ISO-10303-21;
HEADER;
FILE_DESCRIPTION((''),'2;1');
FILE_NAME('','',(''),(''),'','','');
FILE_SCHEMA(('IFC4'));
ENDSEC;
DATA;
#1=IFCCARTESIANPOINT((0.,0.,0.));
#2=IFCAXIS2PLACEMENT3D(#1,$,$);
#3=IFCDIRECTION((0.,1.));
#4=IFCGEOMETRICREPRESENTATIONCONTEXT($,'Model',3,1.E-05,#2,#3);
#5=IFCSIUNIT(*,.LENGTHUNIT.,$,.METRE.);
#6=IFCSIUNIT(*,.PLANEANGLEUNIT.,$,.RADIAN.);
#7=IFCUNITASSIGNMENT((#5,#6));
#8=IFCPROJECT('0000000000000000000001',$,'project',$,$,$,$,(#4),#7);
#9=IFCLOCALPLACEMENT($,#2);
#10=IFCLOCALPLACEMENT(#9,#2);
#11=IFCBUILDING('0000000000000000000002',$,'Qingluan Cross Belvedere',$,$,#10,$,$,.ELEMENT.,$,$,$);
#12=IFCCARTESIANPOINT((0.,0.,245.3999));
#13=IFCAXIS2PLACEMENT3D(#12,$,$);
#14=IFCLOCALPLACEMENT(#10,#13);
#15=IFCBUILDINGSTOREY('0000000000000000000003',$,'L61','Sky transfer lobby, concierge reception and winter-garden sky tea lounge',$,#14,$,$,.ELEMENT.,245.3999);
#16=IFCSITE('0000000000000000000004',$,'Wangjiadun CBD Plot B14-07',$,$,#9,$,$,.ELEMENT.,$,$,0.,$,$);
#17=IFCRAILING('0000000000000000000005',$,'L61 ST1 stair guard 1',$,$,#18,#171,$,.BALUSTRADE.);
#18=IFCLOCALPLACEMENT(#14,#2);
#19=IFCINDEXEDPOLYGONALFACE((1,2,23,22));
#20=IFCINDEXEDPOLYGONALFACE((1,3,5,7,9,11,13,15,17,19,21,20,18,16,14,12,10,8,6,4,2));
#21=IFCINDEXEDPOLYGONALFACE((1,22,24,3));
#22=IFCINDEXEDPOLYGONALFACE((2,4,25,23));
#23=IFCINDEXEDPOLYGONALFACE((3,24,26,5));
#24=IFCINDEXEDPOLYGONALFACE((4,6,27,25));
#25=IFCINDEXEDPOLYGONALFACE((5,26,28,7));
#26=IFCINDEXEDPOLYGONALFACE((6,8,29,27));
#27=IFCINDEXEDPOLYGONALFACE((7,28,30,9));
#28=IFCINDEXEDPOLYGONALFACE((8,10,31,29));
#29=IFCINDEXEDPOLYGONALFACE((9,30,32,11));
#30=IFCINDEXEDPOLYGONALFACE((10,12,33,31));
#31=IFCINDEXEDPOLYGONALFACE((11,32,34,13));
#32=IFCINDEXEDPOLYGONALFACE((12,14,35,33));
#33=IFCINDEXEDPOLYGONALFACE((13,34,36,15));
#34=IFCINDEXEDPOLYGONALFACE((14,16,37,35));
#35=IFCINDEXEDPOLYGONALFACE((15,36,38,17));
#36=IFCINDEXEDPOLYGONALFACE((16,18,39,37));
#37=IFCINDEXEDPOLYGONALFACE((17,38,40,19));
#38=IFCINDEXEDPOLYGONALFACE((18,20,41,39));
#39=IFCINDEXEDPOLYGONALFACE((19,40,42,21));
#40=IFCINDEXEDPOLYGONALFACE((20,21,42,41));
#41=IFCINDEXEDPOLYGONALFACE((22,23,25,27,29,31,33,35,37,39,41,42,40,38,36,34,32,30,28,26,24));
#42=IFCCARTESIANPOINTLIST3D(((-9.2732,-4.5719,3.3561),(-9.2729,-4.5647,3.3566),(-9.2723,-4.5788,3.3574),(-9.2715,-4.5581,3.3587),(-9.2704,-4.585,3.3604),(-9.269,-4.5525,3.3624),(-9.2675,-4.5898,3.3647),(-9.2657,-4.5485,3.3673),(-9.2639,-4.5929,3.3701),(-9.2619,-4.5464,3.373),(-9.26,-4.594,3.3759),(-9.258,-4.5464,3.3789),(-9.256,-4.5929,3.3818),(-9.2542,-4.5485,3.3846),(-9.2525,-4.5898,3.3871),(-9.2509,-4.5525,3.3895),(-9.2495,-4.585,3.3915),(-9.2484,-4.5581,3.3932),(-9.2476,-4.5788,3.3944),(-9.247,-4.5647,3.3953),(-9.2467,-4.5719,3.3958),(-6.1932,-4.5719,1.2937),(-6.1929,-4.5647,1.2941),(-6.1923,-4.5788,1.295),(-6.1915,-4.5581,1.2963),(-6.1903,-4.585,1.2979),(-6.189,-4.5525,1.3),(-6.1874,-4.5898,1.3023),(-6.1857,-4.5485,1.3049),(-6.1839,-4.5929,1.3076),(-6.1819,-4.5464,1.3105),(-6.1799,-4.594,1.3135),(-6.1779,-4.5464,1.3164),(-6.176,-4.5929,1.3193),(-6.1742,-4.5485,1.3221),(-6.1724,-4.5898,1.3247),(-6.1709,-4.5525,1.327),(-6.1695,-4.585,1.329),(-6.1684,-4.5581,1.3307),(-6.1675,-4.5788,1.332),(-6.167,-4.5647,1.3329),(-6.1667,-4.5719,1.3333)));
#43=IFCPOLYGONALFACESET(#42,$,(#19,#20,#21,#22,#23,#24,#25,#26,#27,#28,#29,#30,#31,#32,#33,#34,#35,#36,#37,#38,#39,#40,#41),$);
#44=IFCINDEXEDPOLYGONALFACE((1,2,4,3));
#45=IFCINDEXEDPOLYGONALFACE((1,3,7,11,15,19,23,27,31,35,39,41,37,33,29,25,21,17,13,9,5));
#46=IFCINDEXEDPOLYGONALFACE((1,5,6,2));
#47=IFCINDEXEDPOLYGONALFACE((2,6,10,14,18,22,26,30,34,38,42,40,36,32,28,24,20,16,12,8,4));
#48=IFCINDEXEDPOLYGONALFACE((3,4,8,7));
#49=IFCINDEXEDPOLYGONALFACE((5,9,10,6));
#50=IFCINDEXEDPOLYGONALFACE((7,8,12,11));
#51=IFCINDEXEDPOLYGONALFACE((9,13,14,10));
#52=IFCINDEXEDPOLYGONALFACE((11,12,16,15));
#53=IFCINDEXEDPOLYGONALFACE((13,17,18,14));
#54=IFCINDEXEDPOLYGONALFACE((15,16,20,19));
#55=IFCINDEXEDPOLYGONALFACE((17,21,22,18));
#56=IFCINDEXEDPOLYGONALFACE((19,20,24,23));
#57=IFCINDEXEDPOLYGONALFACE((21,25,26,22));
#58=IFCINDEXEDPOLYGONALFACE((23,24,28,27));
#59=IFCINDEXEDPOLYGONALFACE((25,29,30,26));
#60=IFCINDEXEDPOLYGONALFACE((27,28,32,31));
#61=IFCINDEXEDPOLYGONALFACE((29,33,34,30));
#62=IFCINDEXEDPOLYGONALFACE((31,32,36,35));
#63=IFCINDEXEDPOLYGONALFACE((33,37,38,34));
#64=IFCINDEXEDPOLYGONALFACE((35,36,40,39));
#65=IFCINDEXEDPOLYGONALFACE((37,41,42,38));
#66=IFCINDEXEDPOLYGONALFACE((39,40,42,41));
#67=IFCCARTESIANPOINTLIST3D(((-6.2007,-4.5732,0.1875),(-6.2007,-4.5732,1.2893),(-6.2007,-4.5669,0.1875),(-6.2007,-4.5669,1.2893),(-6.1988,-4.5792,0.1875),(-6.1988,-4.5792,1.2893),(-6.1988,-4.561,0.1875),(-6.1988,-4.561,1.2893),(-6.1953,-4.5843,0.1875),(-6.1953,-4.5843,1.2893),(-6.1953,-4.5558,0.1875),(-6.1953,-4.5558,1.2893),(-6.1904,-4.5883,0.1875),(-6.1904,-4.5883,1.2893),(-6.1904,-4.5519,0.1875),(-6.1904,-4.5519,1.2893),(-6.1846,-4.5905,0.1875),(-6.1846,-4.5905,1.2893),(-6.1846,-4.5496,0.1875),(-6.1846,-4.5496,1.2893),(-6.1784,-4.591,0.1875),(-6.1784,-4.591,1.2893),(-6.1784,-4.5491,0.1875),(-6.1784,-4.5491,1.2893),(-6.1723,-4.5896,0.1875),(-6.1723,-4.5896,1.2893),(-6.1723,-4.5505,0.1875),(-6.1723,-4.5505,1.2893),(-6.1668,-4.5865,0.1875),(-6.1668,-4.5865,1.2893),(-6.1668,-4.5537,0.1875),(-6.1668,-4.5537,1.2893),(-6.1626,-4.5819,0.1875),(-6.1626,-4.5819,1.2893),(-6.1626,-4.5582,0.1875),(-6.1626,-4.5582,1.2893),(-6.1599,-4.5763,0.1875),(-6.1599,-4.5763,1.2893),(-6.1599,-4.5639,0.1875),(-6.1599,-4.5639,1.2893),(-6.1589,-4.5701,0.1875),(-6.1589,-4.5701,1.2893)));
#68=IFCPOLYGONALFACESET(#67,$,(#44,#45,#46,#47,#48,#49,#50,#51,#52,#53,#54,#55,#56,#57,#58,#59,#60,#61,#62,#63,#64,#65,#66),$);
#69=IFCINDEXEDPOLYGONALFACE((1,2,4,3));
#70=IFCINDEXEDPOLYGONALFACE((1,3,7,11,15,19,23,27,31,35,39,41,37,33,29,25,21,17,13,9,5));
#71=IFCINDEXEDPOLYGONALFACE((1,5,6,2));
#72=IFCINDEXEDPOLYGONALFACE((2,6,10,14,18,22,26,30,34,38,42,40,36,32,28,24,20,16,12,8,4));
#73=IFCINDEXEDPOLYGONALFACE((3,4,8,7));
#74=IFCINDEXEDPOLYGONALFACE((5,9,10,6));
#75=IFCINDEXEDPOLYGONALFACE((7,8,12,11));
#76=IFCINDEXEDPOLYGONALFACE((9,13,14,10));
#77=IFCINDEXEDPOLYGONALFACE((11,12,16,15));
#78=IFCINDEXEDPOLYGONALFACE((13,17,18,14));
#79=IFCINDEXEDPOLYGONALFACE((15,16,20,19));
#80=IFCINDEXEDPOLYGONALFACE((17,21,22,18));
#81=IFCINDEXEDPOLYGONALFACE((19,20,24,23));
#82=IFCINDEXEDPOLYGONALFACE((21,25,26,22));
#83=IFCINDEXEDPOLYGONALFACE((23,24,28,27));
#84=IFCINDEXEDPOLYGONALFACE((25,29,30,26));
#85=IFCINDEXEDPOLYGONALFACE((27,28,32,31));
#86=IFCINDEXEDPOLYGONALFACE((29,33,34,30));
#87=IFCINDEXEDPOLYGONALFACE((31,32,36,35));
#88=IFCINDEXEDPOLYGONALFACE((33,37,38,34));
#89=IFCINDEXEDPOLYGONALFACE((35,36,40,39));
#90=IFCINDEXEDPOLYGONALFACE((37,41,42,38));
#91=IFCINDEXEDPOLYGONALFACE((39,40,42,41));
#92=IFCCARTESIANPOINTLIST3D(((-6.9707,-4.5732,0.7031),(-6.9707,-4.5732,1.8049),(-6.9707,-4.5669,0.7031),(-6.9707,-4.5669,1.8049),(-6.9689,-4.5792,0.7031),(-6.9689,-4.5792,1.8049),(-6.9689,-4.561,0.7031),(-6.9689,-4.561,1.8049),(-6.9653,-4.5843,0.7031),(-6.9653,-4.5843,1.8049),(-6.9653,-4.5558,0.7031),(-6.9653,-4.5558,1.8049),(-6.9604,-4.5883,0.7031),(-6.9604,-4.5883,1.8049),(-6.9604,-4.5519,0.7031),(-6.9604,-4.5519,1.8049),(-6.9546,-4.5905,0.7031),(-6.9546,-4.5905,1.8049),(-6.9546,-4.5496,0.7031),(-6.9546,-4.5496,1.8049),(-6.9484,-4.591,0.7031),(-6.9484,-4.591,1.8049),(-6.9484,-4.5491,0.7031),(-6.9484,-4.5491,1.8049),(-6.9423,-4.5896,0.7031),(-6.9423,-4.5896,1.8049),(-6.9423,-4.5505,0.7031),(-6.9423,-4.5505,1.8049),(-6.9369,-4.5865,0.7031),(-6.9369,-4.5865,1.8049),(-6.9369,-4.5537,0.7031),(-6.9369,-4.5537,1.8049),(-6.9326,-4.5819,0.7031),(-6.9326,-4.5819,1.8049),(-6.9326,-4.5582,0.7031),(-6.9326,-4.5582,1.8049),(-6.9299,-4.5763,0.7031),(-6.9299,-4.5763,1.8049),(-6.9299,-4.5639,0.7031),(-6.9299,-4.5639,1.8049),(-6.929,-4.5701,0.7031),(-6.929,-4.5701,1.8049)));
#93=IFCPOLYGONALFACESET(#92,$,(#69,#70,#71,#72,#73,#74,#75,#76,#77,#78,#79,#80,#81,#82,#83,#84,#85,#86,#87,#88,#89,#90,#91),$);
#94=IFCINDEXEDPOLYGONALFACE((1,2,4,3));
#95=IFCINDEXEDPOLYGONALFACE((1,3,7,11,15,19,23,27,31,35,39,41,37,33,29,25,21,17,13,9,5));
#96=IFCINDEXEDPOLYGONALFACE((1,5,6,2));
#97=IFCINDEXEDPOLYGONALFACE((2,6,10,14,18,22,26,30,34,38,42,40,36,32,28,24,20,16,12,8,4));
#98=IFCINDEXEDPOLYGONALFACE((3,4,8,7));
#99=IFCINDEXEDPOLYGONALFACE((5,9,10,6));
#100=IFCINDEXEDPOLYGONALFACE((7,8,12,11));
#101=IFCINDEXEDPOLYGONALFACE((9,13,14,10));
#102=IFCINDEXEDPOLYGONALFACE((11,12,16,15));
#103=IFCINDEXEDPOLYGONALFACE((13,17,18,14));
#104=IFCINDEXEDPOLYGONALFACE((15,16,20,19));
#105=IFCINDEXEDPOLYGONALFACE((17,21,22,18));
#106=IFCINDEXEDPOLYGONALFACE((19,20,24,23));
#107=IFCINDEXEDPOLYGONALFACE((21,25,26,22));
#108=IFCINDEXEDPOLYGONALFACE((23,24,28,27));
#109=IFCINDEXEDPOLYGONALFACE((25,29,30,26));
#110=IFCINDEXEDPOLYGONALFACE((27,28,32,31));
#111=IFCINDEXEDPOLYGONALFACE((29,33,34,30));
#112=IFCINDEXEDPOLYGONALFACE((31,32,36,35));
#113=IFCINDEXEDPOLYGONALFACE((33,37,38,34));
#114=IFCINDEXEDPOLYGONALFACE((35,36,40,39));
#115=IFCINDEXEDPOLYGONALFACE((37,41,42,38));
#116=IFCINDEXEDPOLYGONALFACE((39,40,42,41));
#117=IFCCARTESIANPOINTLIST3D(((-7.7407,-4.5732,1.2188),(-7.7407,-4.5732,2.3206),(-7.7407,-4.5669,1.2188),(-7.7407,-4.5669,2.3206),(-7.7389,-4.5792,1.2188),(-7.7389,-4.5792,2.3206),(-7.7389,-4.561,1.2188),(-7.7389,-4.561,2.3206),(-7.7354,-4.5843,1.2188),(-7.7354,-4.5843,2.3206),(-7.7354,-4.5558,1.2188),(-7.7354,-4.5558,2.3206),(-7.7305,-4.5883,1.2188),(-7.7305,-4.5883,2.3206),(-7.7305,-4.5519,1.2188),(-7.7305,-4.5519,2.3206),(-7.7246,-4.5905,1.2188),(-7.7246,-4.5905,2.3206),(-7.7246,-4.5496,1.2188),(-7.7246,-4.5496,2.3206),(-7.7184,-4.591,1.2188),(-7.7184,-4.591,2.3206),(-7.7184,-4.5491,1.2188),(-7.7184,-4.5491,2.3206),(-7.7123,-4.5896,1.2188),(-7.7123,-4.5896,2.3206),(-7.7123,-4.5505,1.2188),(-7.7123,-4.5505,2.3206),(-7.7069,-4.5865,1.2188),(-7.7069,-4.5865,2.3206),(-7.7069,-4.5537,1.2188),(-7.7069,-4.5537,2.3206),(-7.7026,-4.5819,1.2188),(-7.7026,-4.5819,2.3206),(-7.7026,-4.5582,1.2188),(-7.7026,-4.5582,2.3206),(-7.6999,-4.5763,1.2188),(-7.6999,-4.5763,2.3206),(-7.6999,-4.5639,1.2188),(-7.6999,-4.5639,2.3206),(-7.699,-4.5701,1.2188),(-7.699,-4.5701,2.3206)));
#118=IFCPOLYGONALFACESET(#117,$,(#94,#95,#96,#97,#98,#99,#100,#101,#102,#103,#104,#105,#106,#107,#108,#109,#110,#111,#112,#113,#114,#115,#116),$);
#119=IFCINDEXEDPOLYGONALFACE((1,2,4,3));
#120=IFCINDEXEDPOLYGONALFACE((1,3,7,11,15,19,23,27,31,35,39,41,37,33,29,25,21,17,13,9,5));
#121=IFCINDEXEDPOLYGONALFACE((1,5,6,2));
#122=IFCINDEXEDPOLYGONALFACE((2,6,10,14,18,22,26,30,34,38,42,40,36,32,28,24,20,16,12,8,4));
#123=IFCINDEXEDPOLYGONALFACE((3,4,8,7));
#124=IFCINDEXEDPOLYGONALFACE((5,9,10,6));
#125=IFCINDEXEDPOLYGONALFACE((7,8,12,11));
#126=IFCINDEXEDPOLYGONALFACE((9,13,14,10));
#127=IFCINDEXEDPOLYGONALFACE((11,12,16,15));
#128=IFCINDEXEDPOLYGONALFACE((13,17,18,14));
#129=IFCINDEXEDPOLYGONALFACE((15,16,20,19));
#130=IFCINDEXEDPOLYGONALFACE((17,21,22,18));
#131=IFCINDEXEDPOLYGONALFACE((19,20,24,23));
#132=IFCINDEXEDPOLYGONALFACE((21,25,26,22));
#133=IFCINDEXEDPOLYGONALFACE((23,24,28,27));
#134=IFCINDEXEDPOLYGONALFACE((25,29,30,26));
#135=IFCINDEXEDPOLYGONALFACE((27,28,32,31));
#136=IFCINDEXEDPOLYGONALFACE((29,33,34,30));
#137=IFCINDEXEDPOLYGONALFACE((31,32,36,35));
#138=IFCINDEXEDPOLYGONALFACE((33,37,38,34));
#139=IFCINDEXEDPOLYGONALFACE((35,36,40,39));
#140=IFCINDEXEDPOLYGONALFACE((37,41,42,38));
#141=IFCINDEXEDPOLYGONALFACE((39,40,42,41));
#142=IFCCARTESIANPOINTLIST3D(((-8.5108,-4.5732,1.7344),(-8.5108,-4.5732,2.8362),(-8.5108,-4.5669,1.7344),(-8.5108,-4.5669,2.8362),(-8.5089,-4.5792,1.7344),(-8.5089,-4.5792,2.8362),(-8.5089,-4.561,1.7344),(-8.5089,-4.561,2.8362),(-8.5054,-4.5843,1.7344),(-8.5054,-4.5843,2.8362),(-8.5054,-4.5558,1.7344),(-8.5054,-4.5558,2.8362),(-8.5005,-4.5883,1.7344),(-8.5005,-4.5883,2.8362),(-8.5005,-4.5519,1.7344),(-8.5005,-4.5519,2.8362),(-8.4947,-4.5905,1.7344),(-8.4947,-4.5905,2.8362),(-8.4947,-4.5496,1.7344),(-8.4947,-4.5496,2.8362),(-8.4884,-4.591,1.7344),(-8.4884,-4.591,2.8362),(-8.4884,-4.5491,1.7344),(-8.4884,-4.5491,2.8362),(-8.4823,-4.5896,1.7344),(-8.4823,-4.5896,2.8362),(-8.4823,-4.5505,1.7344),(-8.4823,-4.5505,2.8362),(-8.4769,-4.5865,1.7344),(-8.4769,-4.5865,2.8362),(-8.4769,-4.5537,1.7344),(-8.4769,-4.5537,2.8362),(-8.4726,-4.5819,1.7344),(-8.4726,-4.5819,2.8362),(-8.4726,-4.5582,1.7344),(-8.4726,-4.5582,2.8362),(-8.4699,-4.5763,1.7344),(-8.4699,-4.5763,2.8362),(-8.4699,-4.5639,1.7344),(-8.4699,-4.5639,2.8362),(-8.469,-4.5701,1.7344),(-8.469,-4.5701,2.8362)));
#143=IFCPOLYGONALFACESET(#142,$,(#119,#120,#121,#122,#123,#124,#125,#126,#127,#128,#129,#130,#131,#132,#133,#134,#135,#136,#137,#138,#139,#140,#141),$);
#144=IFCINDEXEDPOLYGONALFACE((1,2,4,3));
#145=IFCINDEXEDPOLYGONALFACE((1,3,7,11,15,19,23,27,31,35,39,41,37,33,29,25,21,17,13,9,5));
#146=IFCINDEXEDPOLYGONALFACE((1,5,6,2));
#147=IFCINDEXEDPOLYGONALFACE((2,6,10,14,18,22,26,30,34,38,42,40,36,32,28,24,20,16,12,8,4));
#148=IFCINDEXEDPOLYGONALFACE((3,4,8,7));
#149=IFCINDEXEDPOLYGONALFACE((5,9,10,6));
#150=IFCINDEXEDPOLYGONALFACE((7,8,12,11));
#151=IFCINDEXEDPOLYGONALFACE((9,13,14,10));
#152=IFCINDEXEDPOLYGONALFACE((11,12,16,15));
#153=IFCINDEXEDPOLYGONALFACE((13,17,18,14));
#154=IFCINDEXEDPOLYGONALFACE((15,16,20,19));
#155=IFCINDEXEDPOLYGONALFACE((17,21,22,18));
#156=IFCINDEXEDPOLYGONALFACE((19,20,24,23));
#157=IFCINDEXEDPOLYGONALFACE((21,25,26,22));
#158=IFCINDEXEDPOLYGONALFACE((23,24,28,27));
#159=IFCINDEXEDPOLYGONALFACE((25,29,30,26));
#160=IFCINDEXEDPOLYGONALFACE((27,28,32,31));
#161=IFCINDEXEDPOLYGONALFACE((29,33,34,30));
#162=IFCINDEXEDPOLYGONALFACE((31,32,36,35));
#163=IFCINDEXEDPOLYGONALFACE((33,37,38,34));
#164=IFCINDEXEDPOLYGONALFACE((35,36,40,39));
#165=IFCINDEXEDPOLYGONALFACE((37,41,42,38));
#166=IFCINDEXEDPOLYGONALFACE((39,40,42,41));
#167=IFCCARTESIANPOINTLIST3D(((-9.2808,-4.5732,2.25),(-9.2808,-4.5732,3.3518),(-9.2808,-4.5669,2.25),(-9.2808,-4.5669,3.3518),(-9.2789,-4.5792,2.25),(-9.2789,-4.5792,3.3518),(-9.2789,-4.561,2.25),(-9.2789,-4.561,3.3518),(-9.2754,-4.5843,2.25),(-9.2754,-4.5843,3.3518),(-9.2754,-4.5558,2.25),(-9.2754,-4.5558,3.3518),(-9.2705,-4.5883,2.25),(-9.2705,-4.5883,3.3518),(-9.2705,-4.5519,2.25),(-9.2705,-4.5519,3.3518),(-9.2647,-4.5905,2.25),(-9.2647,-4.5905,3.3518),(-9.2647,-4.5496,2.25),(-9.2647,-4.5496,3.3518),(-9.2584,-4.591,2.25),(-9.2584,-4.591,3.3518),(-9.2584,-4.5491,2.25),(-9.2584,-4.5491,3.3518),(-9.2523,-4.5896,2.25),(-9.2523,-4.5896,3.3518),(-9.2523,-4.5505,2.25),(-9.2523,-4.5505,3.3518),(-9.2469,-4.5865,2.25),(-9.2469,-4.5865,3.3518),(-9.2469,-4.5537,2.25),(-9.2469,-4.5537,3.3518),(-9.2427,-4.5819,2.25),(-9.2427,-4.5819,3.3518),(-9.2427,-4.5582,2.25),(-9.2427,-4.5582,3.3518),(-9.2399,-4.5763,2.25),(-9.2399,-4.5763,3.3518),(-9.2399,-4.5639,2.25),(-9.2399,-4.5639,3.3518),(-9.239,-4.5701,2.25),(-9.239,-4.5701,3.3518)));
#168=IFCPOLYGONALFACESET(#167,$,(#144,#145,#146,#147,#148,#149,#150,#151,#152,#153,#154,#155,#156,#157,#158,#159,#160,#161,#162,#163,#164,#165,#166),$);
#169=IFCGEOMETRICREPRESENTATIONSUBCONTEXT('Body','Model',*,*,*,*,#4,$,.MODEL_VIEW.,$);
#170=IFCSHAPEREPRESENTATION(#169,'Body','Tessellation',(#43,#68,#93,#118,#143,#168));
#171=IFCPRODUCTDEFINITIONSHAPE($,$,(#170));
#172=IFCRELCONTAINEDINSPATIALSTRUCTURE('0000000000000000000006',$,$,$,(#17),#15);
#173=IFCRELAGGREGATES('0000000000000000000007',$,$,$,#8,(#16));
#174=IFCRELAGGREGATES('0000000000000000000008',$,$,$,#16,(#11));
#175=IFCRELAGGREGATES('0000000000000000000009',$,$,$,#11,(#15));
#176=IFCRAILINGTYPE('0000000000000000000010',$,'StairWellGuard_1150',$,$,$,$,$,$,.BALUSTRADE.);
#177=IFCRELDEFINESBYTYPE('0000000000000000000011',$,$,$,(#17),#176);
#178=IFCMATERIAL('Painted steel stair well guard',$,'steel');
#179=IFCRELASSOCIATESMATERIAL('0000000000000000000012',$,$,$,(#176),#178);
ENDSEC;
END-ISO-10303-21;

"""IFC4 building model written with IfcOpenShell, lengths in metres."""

from ifc_helpers import new_model, si_unit, direction, frame, origin, origin_2d, place, context, subcontext, project, spatial, circle, extrude, material, type_object, element, save


model = new_model("IFC4")

# Units and contexts
model_context = context("Model", 3, precision=1e-05, world=origin(), true_north=direction((0.0, 1.0)))
body_context = subcontext(model_context, "Body", "Model", "MODEL_VIEW")
ifc_project = project(units=[si_unit("LENGTHUNIT", "METRE"), si_unit("PLANEANGLEUNIT", "RADIAN")], contexts=[model_context])

# Site, building, storey
site_placement = place(None, origin())
site = spatial("IfcSite", under=ifc_project, at=site_placement, Name="Wangjiadun CBD Plot B14-07", CompositionType="ELEMENT", RefElevation=0.0)
building_placement = place(site_placement, origin())
building = spatial("IfcBuilding", under=site, at=building_placement, Name="Qingluan Cross Belvedere", CompositionType="ELEMENT")
storey_placement = place(building_placement, frame((0.0, 0.0, 245.3999)))
storey = spatial("IfcBuildingStorey", under=building, at=storey_placement, Name="L61", Description="Sky transfer lobby, concierge reception and winter-garden sky tea lounge", CompositionType="ELEMENT", Elevation=245.3999)

# Railing
ifc_material_1 = material(Name="Painted steel stair well guard", Category="steel")
railing_type_1 = type_object("IfcRailingType", Name="StairWellGuard_1150", PredefinedType="BALUSTRADE", material=ifc_material_1)
railing_1_placement = place(storey_placement, frame((-6.1799, -4.5701, 0.1875)))
element("IfcRailing", 1, at=railing_1_placement, inside=storey, type_object=railing_type_1, Name="L61 ST1 stair guard 1", PredefinedType="BALUSTRADE", context=body_context, shape_type="SweptSolid", body=[
    extrude(circle(Radius=0.0239, at=origin_2d()), frame((0.0, 0.0, 1.126), z_axis=(-0.830914, 0.0, 0.556401), x_axis=(0.0, -1.0, 0.0)), (0.0, 0.0, 1.0), 3.7068),
    extrude(circle(Radius=0.021, at=origin_2d()), origin(), (0.0, 0.0, 1.0), 1.1018),
    extrude(circle(Radius=0.021, at=origin_2d()), frame((-0.77, 0.0, 0.5156)), (0.0, 0.0, 1.0), 1.1018),
    extrude(circle(Radius=0.021, at=origin_2d()), frame((-1.54, 0.0, 1.0312)), (0.0, 0.0, 1.0), 1.1018),
    extrude(circle(Radius=0.021, at=origin_2d()), frame((-2.3101, 0.0, 1.5469)), (0.0, 0.0, 1.0), 1.1018),
    extrude(circle(Radius=0.021, at=origin_2d()), frame((-3.0801, 0.0, 2.0625)), (0.0, 0.0, 1.0), 1.1018),
])

save(model, "model.ifc")
